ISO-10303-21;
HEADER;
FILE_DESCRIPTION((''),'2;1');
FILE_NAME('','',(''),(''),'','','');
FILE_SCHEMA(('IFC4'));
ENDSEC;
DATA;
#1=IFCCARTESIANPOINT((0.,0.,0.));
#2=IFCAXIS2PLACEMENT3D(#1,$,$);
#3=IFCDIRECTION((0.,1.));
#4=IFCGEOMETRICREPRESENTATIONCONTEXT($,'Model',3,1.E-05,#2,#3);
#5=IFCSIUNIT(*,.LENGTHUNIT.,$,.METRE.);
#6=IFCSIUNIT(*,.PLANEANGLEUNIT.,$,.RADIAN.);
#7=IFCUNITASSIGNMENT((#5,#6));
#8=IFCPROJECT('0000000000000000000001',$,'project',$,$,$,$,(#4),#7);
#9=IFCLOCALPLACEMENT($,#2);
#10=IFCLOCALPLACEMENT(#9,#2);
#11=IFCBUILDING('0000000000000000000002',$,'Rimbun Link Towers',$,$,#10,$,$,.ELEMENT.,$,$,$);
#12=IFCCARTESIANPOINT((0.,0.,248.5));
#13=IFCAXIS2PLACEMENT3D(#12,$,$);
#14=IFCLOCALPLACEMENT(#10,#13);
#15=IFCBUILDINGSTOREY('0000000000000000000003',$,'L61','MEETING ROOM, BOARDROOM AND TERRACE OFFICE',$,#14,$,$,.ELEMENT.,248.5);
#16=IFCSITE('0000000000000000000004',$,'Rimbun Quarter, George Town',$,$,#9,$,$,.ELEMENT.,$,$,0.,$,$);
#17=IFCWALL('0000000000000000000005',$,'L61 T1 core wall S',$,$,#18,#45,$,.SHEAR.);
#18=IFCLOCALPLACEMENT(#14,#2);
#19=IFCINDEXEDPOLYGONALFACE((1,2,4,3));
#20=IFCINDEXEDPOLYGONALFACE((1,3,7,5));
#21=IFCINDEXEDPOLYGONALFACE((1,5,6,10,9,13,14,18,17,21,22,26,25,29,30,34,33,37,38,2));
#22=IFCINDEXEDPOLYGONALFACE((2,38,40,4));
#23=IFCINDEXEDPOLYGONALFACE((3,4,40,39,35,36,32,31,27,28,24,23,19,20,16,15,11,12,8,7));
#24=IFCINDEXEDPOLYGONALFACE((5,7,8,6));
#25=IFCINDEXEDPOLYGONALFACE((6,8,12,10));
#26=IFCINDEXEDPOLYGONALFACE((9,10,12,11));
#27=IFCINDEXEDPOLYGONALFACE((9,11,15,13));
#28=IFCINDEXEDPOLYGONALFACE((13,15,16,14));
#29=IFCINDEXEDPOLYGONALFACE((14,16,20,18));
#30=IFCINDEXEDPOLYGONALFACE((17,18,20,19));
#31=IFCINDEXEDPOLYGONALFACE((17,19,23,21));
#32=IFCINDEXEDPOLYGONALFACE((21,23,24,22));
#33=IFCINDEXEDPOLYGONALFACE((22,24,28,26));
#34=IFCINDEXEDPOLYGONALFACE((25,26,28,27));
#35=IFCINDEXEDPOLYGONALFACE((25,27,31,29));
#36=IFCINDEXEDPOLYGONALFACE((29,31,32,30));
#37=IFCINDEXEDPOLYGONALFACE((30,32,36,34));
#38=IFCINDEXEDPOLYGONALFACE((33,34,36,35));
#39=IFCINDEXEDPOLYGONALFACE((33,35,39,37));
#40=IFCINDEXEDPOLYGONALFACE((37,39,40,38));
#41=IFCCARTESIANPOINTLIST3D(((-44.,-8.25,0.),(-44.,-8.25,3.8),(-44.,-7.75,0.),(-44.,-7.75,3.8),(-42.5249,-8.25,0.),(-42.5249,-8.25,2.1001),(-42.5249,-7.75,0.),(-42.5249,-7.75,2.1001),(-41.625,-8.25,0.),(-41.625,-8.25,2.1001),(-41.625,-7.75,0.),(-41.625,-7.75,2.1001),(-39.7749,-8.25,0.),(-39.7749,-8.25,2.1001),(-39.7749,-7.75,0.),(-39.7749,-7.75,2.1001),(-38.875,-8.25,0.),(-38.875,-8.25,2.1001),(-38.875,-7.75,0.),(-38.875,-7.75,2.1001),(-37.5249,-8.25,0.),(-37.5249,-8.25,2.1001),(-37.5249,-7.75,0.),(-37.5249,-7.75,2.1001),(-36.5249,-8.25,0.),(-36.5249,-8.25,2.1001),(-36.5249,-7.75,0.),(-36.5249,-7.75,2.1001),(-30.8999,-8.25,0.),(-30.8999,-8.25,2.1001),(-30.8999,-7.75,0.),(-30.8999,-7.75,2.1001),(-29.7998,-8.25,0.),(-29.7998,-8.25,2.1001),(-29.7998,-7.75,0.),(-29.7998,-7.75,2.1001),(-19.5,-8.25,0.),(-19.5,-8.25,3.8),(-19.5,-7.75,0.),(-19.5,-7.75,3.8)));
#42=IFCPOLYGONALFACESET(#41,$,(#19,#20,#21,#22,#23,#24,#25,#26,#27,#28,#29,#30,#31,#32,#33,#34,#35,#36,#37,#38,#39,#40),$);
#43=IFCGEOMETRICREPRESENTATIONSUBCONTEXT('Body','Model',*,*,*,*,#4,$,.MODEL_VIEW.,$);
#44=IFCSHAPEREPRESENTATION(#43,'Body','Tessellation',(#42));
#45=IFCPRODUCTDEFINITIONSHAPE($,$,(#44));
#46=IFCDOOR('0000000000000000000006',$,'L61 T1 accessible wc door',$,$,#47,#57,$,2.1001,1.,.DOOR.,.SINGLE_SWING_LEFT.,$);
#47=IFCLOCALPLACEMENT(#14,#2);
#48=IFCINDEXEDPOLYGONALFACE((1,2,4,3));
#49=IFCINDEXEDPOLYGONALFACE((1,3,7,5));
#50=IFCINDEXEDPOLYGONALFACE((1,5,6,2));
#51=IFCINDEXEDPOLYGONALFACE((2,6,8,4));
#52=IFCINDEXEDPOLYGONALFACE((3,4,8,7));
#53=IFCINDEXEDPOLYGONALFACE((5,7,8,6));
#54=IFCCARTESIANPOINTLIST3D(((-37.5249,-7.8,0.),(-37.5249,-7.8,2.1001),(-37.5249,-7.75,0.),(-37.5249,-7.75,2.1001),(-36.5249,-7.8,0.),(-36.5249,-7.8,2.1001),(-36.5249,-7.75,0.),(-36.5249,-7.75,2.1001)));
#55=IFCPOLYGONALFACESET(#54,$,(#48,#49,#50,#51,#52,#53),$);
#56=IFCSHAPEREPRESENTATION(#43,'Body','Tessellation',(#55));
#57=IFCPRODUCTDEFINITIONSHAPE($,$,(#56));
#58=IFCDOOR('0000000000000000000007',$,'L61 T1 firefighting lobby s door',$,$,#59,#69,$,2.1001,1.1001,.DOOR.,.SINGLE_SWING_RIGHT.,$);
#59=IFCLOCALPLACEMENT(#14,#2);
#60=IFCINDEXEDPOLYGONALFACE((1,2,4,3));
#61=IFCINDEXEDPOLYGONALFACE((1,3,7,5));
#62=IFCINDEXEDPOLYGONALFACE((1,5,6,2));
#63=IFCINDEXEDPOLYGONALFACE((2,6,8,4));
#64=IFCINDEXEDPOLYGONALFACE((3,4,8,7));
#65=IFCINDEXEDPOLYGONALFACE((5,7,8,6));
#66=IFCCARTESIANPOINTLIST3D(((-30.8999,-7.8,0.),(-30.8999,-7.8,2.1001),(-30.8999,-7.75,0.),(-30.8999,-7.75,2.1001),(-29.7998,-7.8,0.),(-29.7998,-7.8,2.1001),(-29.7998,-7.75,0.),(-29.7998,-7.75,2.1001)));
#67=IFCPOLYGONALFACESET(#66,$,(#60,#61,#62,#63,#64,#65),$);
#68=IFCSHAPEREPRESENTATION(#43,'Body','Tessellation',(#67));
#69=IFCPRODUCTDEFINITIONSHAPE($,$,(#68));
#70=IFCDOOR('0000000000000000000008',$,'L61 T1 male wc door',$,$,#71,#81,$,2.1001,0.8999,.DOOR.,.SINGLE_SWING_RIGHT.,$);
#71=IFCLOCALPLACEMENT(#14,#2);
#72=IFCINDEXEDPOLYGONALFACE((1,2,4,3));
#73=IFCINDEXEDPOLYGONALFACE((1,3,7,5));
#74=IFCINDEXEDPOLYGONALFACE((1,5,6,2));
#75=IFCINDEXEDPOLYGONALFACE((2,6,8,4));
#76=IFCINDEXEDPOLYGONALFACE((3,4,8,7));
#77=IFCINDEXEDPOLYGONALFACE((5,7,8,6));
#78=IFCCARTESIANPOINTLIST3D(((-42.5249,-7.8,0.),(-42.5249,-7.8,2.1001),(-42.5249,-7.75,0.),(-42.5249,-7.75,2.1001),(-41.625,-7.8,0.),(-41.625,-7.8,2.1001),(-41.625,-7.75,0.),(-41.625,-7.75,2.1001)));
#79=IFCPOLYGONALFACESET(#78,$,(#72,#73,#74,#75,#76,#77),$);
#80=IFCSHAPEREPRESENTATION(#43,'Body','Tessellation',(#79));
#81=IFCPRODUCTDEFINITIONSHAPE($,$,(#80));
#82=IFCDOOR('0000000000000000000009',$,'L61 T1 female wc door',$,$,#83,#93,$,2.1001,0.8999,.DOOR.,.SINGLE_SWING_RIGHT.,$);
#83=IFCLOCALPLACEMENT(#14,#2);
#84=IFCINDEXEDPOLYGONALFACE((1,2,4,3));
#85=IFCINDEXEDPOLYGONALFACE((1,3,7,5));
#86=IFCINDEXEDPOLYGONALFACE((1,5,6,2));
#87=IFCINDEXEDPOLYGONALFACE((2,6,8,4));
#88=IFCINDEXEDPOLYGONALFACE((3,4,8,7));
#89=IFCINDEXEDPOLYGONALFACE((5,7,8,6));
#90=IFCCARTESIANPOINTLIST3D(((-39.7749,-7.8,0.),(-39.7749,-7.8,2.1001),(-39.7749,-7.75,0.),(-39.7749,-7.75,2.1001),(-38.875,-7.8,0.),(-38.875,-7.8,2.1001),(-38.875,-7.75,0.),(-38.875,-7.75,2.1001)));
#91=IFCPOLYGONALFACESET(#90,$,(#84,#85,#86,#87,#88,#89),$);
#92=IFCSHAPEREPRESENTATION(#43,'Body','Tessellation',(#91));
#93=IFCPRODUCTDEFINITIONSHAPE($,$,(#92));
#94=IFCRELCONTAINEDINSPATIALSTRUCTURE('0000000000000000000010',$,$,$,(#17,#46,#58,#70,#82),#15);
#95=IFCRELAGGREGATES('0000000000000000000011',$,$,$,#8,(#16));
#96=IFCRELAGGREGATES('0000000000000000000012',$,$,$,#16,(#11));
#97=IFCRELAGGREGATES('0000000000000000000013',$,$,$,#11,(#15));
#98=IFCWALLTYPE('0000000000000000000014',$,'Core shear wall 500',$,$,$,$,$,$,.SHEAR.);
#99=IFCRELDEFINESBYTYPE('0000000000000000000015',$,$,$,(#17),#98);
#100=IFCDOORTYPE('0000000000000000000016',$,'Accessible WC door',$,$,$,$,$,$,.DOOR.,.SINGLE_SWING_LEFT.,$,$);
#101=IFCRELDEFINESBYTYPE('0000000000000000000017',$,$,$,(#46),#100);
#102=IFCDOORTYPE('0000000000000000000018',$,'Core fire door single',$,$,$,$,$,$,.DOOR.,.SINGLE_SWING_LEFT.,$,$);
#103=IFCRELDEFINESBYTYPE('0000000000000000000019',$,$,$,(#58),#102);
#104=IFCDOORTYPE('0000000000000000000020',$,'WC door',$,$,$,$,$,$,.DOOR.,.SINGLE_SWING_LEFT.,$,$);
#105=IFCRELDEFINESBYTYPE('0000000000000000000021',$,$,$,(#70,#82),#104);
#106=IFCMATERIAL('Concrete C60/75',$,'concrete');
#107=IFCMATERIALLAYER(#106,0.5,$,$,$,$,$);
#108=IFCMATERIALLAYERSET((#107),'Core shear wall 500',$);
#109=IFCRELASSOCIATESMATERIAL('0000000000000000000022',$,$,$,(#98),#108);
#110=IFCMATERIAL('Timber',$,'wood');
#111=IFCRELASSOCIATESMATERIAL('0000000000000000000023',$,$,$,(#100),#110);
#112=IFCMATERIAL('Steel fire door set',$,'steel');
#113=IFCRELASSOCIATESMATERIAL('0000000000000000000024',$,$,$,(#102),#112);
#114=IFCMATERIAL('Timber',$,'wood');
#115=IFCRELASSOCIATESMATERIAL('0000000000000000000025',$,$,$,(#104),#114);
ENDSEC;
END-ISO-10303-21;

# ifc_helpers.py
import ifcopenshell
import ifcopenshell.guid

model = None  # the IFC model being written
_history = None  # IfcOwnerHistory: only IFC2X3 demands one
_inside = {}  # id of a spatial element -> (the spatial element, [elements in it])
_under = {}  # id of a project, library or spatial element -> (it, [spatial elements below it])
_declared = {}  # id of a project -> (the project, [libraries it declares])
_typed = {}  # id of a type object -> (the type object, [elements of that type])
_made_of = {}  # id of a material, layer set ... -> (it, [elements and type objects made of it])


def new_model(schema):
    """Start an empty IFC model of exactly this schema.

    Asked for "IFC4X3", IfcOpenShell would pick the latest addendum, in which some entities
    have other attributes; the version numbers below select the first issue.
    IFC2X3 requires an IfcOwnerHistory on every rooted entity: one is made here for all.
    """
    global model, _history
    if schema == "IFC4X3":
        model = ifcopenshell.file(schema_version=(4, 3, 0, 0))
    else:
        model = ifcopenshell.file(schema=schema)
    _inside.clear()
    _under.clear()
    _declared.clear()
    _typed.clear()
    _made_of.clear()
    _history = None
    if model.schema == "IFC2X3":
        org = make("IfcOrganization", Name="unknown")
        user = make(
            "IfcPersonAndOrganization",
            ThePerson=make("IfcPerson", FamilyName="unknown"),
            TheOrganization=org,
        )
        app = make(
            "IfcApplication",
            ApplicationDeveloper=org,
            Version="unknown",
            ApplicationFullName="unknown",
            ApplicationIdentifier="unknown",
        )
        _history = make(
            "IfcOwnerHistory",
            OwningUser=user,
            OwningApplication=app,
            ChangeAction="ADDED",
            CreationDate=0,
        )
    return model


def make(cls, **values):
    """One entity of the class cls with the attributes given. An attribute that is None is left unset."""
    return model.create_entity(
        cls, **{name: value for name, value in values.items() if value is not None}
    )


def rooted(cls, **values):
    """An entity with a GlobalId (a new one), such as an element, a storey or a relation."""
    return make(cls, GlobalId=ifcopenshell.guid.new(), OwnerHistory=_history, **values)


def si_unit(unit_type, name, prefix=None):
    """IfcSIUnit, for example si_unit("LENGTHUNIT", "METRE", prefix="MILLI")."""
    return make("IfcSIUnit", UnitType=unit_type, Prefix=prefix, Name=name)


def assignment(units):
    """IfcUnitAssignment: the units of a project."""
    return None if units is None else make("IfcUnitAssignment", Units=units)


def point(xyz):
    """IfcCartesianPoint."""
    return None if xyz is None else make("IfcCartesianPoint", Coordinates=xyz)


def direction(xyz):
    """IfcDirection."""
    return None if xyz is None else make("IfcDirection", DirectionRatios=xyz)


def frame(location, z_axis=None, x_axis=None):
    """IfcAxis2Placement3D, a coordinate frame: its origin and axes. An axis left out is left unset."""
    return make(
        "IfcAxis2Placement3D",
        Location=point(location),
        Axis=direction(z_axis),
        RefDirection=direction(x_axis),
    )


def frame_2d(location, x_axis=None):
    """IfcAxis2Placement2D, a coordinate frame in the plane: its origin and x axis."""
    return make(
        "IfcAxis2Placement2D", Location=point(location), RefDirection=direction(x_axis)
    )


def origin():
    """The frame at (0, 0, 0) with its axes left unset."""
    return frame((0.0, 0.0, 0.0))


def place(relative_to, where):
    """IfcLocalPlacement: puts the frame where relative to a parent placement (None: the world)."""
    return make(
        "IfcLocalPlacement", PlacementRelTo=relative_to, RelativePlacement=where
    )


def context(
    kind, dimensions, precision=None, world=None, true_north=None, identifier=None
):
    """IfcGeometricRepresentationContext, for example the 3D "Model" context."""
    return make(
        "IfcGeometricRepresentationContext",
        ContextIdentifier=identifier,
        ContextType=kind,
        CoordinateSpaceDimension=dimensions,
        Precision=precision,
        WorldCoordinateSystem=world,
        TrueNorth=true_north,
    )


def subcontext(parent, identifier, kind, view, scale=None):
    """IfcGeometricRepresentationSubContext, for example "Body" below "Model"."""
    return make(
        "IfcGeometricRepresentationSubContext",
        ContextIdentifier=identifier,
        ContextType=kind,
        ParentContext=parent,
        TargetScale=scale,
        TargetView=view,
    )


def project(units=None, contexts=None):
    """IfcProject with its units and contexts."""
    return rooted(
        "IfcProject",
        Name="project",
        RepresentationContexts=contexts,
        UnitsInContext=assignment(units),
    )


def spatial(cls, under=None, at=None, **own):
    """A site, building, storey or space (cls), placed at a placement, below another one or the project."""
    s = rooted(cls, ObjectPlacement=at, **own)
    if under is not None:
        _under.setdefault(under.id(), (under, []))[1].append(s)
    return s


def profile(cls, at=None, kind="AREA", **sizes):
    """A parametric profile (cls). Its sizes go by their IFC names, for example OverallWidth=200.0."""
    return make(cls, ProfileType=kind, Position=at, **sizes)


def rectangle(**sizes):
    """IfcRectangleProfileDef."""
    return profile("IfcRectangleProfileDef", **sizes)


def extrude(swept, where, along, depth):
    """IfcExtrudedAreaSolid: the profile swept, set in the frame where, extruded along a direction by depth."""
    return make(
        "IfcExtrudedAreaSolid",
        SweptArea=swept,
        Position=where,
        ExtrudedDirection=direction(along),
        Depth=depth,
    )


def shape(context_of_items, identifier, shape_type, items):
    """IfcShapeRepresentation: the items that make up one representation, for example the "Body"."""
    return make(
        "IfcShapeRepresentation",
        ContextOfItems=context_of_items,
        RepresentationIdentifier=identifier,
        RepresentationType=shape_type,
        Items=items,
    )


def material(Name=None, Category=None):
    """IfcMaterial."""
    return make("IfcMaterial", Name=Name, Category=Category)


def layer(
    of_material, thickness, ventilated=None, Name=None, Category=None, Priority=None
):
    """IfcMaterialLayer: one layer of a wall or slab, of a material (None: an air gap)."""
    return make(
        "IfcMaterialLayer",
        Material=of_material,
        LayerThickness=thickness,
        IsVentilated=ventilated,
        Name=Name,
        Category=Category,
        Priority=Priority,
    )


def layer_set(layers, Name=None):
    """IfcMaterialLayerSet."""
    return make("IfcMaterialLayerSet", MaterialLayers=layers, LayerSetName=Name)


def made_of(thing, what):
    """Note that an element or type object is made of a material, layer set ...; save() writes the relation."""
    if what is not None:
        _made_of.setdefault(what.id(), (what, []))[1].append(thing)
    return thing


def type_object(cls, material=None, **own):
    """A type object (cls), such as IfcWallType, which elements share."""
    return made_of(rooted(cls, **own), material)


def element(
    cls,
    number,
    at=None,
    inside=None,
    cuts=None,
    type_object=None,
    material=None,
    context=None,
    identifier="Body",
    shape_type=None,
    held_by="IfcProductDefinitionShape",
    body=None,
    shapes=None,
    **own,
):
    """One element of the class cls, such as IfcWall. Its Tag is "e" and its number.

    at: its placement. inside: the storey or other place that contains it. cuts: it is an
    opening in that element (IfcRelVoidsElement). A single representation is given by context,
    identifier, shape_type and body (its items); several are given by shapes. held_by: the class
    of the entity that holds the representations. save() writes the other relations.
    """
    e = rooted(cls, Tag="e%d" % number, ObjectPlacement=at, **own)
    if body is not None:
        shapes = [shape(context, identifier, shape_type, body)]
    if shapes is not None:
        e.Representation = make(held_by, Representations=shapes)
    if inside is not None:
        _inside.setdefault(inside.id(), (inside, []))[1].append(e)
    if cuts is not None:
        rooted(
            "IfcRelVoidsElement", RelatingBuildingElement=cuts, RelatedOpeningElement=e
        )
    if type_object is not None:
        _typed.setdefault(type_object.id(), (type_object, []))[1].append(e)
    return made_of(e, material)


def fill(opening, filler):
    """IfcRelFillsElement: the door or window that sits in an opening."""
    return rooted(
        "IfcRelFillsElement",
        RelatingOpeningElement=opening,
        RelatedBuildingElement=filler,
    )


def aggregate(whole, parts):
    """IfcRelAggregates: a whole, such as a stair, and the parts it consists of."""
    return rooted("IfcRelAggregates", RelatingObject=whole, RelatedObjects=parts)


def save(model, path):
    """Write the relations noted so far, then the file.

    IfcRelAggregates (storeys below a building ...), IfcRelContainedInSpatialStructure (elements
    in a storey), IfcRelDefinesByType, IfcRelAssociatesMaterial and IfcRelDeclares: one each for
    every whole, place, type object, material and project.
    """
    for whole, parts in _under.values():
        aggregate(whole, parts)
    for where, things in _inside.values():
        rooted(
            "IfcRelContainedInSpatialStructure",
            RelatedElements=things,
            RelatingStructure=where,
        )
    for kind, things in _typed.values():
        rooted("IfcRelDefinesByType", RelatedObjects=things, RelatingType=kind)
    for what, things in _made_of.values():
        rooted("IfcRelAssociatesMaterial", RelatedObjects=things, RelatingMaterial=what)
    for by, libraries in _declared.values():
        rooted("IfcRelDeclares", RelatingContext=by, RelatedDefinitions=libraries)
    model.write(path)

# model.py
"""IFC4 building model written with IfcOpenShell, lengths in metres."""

from ifc_helpers import new_model, si_unit, direction, frame, frame_2d, origin, place, context, subcontext, project, spatial, rectangle, extrude, material, layer, layer_set, type_object, element, fill, save


model = new_model("IFC4")

# Units and contexts
model_context = context("Model", 3, precision=1e-05, world=origin(), true_north=direction((0.0, 1.0)))
body_context = subcontext(model_context, "Body", "Model", "MODEL_VIEW")
ifc_project = project(units=[si_unit("LENGTHUNIT", "METRE"), si_unit("PLANEANGLEUNIT", "RADIAN")], contexts=[model_context])

# Site, building, storey
site_placement = place(None, origin())
site = spatial("IfcSite", under=ifc_project, at=site_placement, Name="Rimbun Quarter, George Town", CompositionType="ELEMENT", RefElevation=0.0)
building_placement = place(site_placement, origin())
building = spatial("IfcBuilding", under=site, at=building_placement, Name="Rimbun Link Towers", CompositionType="ELEMENT")
storey_placement = place(building_placement, frame((0.0, 0.0, 248.5)))
storey = spatial("IfcBuildingStorey", under=building, at=storey_placement, Name="L61", Description="MEETING ROOM, BOARDROOM AND TERRACE OFFICE", CompositionType="ELEMENT", Elevation=248.5)

# Wall, openings, doors
ifc_material_1 = material(Name="Concrete C60/75", Category="concrete")
ifc_layer_1 = layer(ifc_material_1, 0.5)
ifc_layer_set_1 = layer_set([ifc_layer_1], Name="Core shear wall 500")
wall_type_1 = type_object("IfcWallType", Name="Core shear wall 500", PredefinedType="SHEAR", material=ifc_layer_set_1)
wall_1_placement = place(storey_placement, frame((-44.0, -8.0, 0.0), z_axis=(0.0, 0.0, 1.0), x_axis=(1.0, 0.0, 0.0)))
wall_1 = element("IfcWall", 1, at=wall_1_placement, inside=storey, type_object=wall_type_1, Name="L61 T1 core wall S", PredefinedType="SHEAR", context=body_context, shape_type="SweptSolid", body=[
    extrude(rectangle(XDim=24.5, YDim=0.5, at=frame_2d((12.25, 0.0))), origin(), (0.0, 0.0, 1.0), 3.8),
])
opening_1_placement = place(wall_1_placement, frame((13.1001, 0.0, 0.0)))
opening_1 = element("IfcOpeningElement", 2, at=opening_1_placement, cuts=wall_1, PredefinedType="OPENING", context=body_context, shape_type="SweptSolid", body=[
    extrude(rectangle(XDim=1.1001, YDim=2.1001, at=frame_2d((0.55, 1.05))), frame((0.0, 0.26, 0.0), z_axis=(0.0, -1.0, 0.0), x_axis=(1.0, 0.0, 0.0)), (0.0, 0.0, 1.0), 0.52),
])
opening_2_placement = place(wall_1_placement, frame((1.4751, 0.0, 0.0)))
opening_2 = element("IfcOpeningElement", 3, at=opening_2_placement, cuts=wall_1, PredefinedType="OPENING", context=body_context, shape_type="SweptSolid", body=[
    extrude(rectangle(XDim=0.8999, YDim=2.1001, at=frame_2d((0.45, 1.05))), frame((0.0, 0.26, 0.0), z_axis=(0.0, -1.0, 0.0), x_axis=(1.0, 0.0, 0.0)), (0.0, 0.0, 1.0), 0.52),
])
opening_3_placement = place(wall_1_placement, frame((4.2251, 0.0, 0.0)))
opening_3 = element("IfcOpeningElement", 4, at=opening_3_placement, cuts=wall_1, PredefinedType="OPENING", context=body_context, shape_type="SweptSolid", body=[
    extrude(rectangle(XDim=0.8999, YDim=2.1001, at=frame_2d((0.45, 1.05))), frame((0.0, 0.26, 0.0), z_axis=(0.0, -1.0, 0.0), x_axis=(1.0, 0.0, 0.0)), (0.0, 0.0, 1.0), 0.52),
])
opening_4_placement = place(wall_1_placement, frame((6.4751, 0.0, 0.0)))
opening_4 = element("IfcOpeningElement", 5, at=opening_4_placement, cuts=wall_1, PredefinedType="OPENING", context=body_context, shape_type="SweptSolid", body=[
    extrude(rectangle(XDim=1.0, YDim=2.1001, at=frame_2d((0.5, 1.05))), frame((0.0, 0.26, 0.0), z_axis=(0.0, -1.0, 0.0), x_axis=(1.0, 0.0, 0.0)), (0.0, 0.0, 1.0), 0.52),
])
ifc_material_2 = material(Name="Timber", Category="wood")
door_type_1 = type_object("IfcDoorType", Name="Accessible WC door", OperationType="SINGLE_SWING_LEFT", PredefinedType="DOOR", material=ifc_material_2)
door_1_placement = place(opening_4_placement, origin())
door_1 = element("IfcDoor", 6, at=door_1_placement, inside=storey, type_object=door_type_1, Name="L61 T1 accessible wc door", OperationType="SINGLE_SWING_LEFT", OverallHeight=2.1001, OverallWidth=1.0, PredefinedType="DOOR", context=body_context, shape_type="SweptSolid", body=[
    extrude(rectangle(XDim=1.0, YDim=2.1001, at=frame_2d((0.5, 1.05))), frame((0.0, 0.25, 0.0), z_axis=(0.0, -1.0, 0.0), x_axis=(1.0, 0.0, 0.0)), (0.0, 0.0, 1.0), 0.05),
])
fill(opening_4, door_1)
ifc_material_3 = material(Name="Steel fire door set", Category="steel")
door_type_2 = type_object("IfcDoorType", Name="Core fire door single", OperationType="SINGLE_SWING_LEFT", PredefinedType="DOOR", material=ifc_material_3)
door_2_placement = place(opening_1_placement, origin())
door_2 = element("IfcDoor", 7, at=door_2_placement, inside=storey, type_object=door_type_2, Name="L61 T1 firefighting lobby s door", OperationType="SINGLE_SWING_RIGHT", OverallHeight=2.1001, OverallWidth=1.1001, PredefinedType="DOOR", context=body_context, shape_type="SweptSolid", body=[
    extrude(rectangle(XDim=1.1001, YDim=2.1001, at=frame_2d((0.55, 1.05))), frame((0.0, 0.25, 0.0), z_axis=(0.0, -1.0, 0.0), x_axis=(1.0, 0.0, 0.0)), (0.0, 0.0, 1.0), 0.05),
])
fill(opening_1, door_2)
ifc_material_4 = material(Name="Timber", Category="wood")
door_type_3 = type_object("IfcDoorType", Name="WC door", OperationType="SINGLE_SWING_LEFT", PredefinedType="DOOR", material=ifc_material_4)
door_3_placement = place(opening_2_placement, origin())
door_3 = element("IfcDoor", 8, at=door_3_placement, inside=storey, type_object=door_type_3, Name="L61 T1 male wc door", OperationType="SINGLE_SWING_RIGHT", OverallHeight=2.1001, OverallWidth=0.8999, PredefinedType="DOOR", context=body_context, shape_type="SweptSolid", body=[
    extrude(rectangle(XDim=0.8999, YDim=2.1001, at=frame_2d((0.45, 1.05))), frame((0.0, 0.25, 0.0), z_axis=(0.0, -1.0, 0.0), x_axis=(1.0, 0.0, 0.0)), (0.0, 0.0, 1.0), 0.05),
])
fill(opening_2, door_3)
door_4_placement = place(opening_3_placement, origin())
door_4 = element("IfcDoor", 9, at=door_4_placement, inside=storey, type_object=door_type_3, Name="L61 T1 female wc door", OperationType="SINGLE_SWING_RIGHT", OverallHeight=2.1001, OverallWidth=0.8999, PredefinedType="DOOR", context=body_context, shape_type="SweptSolid", body=[
    extrude(rectangle(XDim=0.8999, YDim=2.1001, at=frame_2d((0.45, 1.05))), frame((0.0, 0.25, 0.0), z_axis=(0.0, -1.0, 0.0), x_axis=(1.0, 0.0, 0.0)), (0.0, 0.0, 1.0), 0.05),
])
fill(opening_3, door_4)

save(model, "model.ifc")
